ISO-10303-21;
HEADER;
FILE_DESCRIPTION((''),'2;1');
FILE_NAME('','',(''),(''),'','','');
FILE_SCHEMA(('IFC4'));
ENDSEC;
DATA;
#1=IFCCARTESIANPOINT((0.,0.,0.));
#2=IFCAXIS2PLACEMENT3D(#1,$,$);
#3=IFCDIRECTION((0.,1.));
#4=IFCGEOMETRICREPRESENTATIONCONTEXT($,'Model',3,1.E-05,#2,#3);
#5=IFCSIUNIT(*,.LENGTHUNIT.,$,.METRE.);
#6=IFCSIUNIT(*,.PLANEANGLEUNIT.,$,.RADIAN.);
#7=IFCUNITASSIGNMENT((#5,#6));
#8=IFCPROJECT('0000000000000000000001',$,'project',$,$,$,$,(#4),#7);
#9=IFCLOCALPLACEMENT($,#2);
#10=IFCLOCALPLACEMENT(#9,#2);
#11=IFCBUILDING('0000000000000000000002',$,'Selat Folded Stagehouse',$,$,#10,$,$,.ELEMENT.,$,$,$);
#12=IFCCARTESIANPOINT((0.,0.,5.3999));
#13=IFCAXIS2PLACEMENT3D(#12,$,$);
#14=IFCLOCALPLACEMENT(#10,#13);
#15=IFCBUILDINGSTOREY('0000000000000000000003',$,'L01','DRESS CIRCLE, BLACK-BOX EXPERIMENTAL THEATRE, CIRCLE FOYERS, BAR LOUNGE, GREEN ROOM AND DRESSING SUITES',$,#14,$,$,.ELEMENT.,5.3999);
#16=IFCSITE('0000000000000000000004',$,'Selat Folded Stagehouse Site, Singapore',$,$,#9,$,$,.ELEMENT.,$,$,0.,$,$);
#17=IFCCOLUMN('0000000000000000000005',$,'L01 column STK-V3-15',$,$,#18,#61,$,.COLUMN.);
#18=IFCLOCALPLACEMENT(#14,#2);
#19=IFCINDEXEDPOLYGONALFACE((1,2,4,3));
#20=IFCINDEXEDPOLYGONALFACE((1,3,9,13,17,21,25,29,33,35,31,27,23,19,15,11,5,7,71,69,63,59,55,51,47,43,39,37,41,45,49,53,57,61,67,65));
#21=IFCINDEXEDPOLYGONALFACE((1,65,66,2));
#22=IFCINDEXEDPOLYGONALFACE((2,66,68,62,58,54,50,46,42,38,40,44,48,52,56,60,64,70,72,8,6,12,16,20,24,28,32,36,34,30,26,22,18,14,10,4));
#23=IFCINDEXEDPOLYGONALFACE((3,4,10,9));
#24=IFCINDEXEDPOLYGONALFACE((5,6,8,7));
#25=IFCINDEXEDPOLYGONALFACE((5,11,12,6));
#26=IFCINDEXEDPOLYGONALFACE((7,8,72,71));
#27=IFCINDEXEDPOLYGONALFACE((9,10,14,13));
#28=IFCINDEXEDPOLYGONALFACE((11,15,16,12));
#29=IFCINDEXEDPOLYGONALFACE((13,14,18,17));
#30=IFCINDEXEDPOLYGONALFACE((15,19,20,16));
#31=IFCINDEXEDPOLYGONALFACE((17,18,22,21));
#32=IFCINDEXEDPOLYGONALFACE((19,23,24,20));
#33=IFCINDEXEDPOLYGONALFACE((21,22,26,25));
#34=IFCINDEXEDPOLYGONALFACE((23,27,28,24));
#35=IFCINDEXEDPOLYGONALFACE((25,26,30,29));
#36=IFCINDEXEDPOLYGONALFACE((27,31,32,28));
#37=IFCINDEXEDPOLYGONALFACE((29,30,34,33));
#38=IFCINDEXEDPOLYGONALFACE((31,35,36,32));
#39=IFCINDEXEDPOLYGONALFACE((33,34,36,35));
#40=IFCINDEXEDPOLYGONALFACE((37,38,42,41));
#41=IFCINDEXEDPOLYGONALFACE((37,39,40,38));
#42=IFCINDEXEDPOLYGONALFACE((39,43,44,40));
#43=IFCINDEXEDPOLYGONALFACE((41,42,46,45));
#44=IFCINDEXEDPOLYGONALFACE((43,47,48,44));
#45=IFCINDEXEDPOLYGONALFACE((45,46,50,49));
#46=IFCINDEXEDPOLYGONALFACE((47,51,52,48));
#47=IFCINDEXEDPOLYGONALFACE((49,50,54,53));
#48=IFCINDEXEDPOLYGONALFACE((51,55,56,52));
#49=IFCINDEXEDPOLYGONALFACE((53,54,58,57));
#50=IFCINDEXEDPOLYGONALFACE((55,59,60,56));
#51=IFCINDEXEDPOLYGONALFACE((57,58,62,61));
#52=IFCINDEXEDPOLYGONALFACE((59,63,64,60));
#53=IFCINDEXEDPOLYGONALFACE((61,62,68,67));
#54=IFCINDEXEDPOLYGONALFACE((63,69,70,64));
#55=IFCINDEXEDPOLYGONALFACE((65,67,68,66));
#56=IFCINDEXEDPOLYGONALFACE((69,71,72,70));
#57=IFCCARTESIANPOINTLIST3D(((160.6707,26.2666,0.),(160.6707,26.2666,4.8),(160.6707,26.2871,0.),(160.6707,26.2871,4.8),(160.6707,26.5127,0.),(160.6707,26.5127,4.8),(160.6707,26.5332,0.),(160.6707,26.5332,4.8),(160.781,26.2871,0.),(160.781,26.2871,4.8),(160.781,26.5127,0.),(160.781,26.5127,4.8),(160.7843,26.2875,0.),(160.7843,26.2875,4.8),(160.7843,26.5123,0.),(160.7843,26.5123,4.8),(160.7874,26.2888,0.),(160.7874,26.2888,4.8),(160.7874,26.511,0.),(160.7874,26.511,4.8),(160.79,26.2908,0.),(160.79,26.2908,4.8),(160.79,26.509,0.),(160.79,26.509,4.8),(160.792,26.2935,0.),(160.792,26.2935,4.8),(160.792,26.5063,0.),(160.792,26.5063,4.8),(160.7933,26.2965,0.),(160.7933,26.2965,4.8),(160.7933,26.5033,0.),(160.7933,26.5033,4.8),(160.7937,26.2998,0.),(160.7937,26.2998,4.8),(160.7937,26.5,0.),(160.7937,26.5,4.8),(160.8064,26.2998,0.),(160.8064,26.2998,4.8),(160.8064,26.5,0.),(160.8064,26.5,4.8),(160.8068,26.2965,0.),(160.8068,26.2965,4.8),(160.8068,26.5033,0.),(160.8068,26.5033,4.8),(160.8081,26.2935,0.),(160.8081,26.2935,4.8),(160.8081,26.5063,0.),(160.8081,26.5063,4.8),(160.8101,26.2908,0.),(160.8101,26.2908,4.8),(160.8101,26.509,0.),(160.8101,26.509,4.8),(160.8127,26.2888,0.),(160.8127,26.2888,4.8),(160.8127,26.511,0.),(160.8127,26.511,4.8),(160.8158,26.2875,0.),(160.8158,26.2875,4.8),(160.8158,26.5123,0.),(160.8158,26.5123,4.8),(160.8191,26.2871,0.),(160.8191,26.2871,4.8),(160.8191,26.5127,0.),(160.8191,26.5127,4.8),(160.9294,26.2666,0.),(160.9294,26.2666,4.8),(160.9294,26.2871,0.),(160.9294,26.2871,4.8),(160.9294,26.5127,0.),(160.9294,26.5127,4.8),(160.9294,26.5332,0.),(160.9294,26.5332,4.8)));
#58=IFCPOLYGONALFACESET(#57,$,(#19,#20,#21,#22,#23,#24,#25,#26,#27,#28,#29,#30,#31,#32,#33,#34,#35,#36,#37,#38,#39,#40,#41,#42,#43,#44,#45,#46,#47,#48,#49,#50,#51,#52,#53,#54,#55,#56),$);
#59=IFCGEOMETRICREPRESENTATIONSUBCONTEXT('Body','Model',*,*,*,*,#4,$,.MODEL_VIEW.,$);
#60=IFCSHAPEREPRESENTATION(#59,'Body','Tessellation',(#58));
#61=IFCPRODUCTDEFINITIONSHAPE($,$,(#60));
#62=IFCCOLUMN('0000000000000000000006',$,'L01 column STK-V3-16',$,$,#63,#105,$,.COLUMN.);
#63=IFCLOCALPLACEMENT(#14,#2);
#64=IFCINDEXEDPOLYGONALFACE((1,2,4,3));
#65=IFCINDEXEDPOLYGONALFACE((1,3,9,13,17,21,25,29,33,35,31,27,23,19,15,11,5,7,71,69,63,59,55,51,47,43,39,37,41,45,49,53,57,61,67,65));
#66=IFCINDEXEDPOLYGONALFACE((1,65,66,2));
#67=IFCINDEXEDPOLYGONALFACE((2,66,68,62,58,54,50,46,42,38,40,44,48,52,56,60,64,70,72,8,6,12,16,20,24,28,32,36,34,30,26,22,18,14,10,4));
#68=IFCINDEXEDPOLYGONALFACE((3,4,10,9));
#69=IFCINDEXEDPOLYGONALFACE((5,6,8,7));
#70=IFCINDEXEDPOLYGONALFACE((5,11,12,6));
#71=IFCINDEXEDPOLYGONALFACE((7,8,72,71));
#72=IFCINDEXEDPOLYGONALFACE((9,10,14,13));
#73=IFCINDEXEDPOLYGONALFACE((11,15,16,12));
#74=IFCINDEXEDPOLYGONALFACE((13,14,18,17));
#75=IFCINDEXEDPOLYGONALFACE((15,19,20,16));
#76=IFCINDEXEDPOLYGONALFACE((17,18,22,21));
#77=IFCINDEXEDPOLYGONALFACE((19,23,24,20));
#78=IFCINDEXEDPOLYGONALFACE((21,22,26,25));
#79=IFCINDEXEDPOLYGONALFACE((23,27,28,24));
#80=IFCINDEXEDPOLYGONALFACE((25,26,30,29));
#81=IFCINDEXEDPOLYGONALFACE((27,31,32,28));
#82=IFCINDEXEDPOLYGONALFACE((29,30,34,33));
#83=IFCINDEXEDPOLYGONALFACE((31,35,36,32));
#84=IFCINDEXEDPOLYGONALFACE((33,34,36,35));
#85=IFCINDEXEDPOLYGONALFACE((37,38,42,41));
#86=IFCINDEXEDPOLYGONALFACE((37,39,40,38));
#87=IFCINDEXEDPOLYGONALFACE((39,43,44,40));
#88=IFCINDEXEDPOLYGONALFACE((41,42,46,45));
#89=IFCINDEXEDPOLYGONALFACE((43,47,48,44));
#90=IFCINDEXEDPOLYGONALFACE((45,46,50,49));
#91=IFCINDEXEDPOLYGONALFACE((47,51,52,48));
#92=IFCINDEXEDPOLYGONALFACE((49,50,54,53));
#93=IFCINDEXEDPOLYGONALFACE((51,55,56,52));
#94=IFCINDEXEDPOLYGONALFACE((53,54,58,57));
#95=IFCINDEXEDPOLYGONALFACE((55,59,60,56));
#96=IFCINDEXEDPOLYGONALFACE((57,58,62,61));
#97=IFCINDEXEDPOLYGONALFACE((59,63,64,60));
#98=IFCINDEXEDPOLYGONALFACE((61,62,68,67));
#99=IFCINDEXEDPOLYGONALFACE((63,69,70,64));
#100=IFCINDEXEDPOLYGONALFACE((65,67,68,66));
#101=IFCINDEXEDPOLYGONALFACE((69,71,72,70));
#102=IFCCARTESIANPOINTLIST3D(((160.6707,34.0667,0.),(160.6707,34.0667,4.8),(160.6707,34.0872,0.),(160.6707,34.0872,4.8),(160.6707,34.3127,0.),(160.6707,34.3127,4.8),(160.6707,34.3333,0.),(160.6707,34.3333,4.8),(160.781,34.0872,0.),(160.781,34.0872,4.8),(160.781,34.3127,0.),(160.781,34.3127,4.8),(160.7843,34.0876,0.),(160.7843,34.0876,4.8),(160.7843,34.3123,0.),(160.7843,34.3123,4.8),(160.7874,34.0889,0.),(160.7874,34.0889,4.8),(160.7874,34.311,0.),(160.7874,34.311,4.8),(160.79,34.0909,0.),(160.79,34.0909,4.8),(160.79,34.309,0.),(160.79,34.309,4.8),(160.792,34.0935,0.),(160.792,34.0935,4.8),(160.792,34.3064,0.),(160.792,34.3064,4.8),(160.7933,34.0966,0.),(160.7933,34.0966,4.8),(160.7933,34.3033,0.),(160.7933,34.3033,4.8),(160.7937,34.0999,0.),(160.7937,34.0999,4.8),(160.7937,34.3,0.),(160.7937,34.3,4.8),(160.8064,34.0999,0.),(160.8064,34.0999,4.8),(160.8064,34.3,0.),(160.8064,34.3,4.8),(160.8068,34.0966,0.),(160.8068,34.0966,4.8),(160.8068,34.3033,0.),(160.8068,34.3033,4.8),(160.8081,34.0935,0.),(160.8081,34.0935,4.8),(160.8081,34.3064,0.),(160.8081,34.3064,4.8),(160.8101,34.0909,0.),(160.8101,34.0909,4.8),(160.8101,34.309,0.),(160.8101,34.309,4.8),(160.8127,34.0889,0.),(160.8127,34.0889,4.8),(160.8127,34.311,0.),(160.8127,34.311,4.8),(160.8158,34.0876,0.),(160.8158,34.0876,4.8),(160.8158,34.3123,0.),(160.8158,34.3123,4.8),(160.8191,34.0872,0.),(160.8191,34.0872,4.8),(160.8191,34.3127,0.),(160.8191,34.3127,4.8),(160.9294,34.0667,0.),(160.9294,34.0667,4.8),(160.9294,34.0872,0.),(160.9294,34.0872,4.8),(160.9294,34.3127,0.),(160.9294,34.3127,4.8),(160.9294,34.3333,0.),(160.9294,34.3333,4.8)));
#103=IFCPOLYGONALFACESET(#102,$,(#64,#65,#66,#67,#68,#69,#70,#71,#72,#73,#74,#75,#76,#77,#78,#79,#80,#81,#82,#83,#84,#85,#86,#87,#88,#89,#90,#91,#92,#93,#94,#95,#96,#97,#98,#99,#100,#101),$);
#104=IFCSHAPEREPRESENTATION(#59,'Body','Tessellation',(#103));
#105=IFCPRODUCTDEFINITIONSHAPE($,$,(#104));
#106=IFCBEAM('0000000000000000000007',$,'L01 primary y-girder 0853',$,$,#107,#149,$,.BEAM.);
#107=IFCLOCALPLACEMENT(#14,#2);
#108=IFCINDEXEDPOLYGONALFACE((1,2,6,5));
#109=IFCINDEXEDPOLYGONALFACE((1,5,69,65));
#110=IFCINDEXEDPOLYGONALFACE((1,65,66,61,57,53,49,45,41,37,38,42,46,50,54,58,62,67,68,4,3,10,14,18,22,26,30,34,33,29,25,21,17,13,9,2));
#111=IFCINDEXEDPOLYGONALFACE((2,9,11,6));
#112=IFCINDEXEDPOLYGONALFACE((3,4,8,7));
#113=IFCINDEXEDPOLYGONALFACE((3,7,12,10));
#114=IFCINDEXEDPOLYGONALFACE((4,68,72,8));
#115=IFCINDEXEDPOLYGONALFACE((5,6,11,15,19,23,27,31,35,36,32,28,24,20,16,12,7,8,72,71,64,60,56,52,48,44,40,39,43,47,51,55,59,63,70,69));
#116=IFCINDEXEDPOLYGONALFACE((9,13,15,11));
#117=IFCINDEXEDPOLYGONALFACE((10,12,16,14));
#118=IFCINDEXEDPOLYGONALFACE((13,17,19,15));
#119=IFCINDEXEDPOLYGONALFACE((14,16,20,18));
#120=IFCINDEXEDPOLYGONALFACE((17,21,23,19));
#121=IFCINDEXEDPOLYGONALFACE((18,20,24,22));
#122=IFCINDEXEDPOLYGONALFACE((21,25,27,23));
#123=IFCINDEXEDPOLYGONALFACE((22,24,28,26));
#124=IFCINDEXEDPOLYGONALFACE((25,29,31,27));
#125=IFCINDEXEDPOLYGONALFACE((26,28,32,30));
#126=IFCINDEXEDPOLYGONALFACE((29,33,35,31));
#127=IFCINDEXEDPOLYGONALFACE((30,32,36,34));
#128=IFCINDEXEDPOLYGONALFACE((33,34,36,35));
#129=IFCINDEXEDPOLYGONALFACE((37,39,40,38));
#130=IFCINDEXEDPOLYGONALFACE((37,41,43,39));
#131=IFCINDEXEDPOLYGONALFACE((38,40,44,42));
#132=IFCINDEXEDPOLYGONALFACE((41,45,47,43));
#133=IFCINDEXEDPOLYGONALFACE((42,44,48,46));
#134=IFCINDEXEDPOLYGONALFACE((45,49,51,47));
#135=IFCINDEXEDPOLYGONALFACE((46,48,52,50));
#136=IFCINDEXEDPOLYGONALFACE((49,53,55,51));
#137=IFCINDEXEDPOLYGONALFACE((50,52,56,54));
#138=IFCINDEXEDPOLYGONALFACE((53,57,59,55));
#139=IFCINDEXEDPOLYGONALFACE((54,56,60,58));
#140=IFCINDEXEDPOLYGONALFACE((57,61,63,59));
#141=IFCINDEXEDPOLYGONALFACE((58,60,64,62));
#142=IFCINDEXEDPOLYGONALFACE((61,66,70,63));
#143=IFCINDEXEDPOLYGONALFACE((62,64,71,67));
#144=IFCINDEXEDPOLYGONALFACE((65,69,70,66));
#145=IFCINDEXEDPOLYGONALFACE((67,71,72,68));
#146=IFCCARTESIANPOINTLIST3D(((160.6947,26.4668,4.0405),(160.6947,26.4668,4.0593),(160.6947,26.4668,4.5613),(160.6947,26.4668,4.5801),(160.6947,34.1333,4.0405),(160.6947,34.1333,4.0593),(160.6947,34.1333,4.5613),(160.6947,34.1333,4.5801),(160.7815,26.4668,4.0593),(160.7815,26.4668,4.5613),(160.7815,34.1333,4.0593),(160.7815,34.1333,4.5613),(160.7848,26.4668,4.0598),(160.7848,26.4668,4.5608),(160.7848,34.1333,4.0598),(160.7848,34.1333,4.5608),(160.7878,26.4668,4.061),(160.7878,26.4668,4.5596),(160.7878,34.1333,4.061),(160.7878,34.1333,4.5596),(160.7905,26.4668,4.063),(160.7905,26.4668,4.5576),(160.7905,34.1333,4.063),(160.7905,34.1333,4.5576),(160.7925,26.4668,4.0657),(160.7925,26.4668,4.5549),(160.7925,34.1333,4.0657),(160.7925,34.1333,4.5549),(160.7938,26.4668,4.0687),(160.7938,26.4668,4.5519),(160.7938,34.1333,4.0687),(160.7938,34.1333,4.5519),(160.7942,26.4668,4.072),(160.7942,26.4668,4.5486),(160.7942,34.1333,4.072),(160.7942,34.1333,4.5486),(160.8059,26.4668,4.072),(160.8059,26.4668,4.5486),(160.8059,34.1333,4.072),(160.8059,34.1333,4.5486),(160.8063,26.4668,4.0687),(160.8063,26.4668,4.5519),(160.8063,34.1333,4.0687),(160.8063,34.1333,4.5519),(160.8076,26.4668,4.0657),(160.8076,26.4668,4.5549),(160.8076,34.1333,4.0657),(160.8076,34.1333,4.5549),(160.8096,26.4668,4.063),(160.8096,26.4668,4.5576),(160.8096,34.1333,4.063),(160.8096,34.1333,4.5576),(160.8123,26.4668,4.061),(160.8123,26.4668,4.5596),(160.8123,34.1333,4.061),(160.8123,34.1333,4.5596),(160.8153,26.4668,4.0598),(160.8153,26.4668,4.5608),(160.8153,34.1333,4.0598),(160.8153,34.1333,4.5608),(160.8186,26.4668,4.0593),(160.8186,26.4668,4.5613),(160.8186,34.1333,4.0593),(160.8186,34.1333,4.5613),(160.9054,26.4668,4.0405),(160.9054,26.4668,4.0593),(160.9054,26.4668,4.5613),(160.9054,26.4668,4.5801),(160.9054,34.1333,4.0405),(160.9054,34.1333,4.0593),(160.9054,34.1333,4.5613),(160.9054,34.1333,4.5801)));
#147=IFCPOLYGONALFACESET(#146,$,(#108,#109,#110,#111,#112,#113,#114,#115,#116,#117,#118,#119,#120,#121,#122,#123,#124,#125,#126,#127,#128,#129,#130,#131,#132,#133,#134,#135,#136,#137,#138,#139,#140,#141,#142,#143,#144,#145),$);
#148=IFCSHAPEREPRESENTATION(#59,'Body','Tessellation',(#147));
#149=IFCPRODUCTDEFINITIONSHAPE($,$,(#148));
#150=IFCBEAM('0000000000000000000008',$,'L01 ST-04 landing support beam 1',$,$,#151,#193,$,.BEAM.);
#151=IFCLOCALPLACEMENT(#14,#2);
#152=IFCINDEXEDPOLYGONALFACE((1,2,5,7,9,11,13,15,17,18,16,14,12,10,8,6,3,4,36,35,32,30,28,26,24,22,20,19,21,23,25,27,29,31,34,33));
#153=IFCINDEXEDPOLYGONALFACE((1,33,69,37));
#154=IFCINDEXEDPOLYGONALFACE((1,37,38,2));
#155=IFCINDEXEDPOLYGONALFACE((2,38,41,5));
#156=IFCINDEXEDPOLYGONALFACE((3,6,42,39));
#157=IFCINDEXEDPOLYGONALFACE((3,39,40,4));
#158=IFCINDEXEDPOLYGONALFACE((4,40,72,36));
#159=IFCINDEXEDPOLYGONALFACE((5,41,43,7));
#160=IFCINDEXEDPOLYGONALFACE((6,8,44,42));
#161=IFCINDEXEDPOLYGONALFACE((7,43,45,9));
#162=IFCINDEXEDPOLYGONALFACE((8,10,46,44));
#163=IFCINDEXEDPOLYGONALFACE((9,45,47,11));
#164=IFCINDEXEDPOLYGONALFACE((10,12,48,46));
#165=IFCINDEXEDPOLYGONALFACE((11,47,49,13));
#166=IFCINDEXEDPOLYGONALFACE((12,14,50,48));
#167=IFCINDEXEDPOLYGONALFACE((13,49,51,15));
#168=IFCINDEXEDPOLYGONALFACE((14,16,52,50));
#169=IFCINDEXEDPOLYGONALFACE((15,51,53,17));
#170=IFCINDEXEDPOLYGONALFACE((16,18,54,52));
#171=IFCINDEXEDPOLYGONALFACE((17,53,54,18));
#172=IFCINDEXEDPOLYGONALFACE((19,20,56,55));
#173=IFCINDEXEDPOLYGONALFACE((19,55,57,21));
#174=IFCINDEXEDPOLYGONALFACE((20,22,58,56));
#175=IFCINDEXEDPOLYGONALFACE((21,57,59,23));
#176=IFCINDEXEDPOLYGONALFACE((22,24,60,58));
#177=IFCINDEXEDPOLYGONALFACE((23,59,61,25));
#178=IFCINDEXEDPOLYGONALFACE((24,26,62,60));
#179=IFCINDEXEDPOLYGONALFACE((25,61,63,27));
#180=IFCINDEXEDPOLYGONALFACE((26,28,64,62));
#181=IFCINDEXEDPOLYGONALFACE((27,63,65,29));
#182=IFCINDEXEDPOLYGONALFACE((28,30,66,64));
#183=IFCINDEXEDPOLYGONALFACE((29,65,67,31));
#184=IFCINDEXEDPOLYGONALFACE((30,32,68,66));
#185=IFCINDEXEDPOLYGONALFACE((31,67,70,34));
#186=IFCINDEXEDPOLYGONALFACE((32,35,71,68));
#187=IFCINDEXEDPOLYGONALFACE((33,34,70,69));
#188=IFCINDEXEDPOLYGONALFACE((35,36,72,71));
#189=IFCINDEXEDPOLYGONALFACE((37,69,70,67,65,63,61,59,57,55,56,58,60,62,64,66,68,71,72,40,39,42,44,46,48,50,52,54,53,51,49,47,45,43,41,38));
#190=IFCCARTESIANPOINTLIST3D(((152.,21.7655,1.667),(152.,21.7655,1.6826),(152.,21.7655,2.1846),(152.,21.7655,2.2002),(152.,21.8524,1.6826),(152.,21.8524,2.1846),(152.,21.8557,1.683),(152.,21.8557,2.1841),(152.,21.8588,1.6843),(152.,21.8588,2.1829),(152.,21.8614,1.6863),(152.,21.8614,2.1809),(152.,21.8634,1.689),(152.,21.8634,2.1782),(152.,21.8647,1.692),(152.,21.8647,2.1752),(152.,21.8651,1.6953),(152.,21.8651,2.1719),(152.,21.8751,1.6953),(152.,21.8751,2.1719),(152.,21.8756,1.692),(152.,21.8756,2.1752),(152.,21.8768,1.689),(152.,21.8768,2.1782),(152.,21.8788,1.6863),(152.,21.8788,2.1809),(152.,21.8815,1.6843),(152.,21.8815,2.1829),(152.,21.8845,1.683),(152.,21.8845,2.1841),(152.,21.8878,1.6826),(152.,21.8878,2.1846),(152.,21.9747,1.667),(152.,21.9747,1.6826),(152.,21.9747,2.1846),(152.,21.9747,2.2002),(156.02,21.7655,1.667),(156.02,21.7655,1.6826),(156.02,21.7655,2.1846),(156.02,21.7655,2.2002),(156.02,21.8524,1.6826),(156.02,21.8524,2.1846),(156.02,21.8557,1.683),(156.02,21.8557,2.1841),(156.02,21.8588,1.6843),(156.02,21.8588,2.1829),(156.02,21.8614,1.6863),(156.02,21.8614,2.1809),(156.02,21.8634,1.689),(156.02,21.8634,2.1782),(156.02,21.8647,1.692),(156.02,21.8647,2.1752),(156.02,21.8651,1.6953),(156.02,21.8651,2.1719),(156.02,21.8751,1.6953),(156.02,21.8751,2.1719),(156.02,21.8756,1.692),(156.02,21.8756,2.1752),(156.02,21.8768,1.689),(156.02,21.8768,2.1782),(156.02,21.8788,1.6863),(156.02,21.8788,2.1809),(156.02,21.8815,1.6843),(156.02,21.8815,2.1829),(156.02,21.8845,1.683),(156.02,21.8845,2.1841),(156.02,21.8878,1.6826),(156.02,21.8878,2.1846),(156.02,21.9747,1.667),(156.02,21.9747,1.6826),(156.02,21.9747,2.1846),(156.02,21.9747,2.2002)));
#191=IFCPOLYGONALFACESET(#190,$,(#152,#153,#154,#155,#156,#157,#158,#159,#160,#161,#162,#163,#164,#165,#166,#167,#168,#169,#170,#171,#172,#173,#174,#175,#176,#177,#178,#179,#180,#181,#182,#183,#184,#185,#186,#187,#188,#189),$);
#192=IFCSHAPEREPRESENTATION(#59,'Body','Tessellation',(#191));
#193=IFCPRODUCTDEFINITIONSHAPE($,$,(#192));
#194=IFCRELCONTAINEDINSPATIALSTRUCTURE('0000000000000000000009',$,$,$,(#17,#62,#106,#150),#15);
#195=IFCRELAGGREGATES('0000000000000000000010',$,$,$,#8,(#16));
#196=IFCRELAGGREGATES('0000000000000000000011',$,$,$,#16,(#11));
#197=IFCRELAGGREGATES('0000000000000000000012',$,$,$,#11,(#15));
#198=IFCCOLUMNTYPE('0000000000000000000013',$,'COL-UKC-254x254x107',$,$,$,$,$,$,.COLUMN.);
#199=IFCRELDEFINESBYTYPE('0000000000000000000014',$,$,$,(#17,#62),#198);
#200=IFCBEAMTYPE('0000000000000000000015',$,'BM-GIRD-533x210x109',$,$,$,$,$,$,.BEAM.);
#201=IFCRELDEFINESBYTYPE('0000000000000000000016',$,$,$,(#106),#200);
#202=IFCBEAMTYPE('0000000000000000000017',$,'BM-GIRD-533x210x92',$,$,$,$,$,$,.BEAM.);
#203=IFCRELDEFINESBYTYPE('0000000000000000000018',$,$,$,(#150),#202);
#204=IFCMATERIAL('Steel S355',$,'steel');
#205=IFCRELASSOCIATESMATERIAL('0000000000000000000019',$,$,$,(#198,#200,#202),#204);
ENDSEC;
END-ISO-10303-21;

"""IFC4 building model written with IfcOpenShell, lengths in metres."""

from ifc_helpers import new_model, si_unit, direction, frame, origin, origin_2d, place, context, subcontext, project, spatial, i_section, extrude, material, material_profile, profile_set, type_object, element, save


model = new_model("IFC4")

# Units and contexts
model_context = context("Model", 3, precision=1e-05, world=origin(), true_north=direction((0.0, 1.0)))
body_context = subcontext(model_context, "Body", "Model", "MODEL_VIEW")
ifc_project = project(units=[si_unit("LENGTHUNIT", "METRE"), si_unit("PLANEANGLEUNIT", "RADIAN")], contexts=[model_context])

# Site, building, storey
site_placement = place(None, origin())
site = spatial("IfcSite", under=ifc_project, at=site_placement, Name="Selat Folded Stagehouse Site, Singapore", CompositionType="ELEMENT", RefElevation=0.0)
building_placement = place(site_placement, origin())
building = spatial("IfcBuilding", under=site, at=building_placement, Name="Selat Folded Stagehouse", CompositionType="ELEMENT")
storey_placement = place(building_placement, frame((0.0, 0.0, 5.3999)))
storey = spatial("IfcBuildingStorey", under=building, at=storey_placement, Name="L01", Description="DRESS CIRCLE, BLACK-BOX EXPERIMENTAL THEATRE, CIRCLE FOYERS, BAR LOUNGE, GREEN ROOM AND DRESSING SUITES", CompositionType="ELEMENT", Elevation=5.3999)

# Columns
ifc_material_1 = material(Name="Steel S355", Category="steel")
ifc_material_profile_1 = material_profile(ifc_material_1, i_section(OverallWidth=0.2588, OverallDepth=0.2666, WebThickness=0.0127, FlangeThickness=0.0205, FilletRadius=0.0127, at=origin_2d()), Name="UKC 254x254x107")
ifc_profile_set_1 = profile_set([ifc_material_profile_1], Name="Steel S355")
column_type = type_object("IfcColumnType", Name="COL-UKC-254x254x107", PredefinedType="COLUMN", material=ifc_profile_set_1)
for number, where, z_axis, x_axis, name in (
    (1, (160.8, 26.3999, 0.0), (0.0, 0.0, 1.0), (1.0, 0.0, 0.0), "L01 column STK-V3-15"),
    (2, (160.8, 34.2, 0.0), (0.0, 0.0, 1.0), (1.0, 0.0, 0.0), "L01 column STK-V3-16"),
):
    element("IfcColumn", number, at=place(storey_placement, frame(where, z_axis=z_axis, x_axis=x_axis)), inside=storey, type_object=column_type, Name=name, PredefinedType="COLUMN", context=body_context, shape_type="SweptSolid", body=[
        extrude(i_section(OverallWidth=0.2588, OverallDepth=0.2666, WebThickness=0.0127, FlangeThickness=0.0205, FilletRadius=0.0127, at=origin_2d()), origin(), (0.0, 0.0, 1.0), 4.8),
    ])

# Beams
ifc_material_profile_2 = material_profile(ifc_material_1, i_section(OverallWidth=0.2107, OverallDepth=0.5396, WebThickness=0.0117, FlangeThickness=0.0188, FilletRadius=0.0127, at=origin_2d()), Name="UKB 533x210x109")
ifc_profile_set_2 = profile_set([ifc_material_profile_2], Name="Steel S355")
beam_type_1 = type_object("IfcBeamType", Name="BM-GIRD-533x210x109", PredefinedType="BEAM", material=ifc_profile_set_2)
beam_placement = place(storey_placement, frame((160.8, 26.4668, 4.3103), z_axis=(0.0, 1.0, 0.0), x_axis=(-1.0, 0.0, 0.0)))
element("IfcBeam", 3, at=beam_placement, inside=storey, type_object=beam_type_1, Name="L01 primary y-girder 0853", PredefinedType="BEAM", context=body_context, shape_type="SweptSolid", body=[
    extrude(i_section(OverallWidth=0.2107, OverallDepth=0.5396, WebThickness=0.0117, FlangeThickness=0.0188, FilletRadius=0.0127, at=origin_2d()), origin(), (0.0, 0.0, 1.0), 7.6665),
])
ifc_material_profile_3 = material_profile(ifc_material_1, i_section(OverallWidth=0.2092, OverallDepth=0.5332, WebThickness=0.01, FlangeThickness=0.0156, FilletRadius=0.0127, at=origin_2d()), Name="UKB 533x210x92")
ifc_profile_set_3 = profile_set([ifc_material_profile_3], Name="Steel S355")
beam_type_2 = type_object("IfcBeamType", Name="BM-GIRD-533x210x92", PredefinedType="BEAM", material=ifc_profile_set_3)
for number, where, z_axis, x_axis, name in (
    (4, (152.0, 21.8701, 1.9336), (1.0, 0.0, 0.0), (0.0, 1.0, 0.0), "L01 ST-04 landing support beam 1"),
):
    element("IfcBeam", number, at=place(storey_placement, frame(where, z_axis=z_axis, x_axis=x_axis)), inside=storey, type_object=beam_type_2, Name=name, PredefinedType="BEAM", context=body_context, shape_type="SweptSolid", body=[
        extrude(i_section(OverallWidth=0.2092, OverallDepth=0.5332, WebThickness=0.01, FlangeThickness=0.0156, FilletRadius=0.0127, at=origin_2d()), origin(), (0.0, 0.0, 1.0), 4.02),
    ])

save(model, "model.ifc")
